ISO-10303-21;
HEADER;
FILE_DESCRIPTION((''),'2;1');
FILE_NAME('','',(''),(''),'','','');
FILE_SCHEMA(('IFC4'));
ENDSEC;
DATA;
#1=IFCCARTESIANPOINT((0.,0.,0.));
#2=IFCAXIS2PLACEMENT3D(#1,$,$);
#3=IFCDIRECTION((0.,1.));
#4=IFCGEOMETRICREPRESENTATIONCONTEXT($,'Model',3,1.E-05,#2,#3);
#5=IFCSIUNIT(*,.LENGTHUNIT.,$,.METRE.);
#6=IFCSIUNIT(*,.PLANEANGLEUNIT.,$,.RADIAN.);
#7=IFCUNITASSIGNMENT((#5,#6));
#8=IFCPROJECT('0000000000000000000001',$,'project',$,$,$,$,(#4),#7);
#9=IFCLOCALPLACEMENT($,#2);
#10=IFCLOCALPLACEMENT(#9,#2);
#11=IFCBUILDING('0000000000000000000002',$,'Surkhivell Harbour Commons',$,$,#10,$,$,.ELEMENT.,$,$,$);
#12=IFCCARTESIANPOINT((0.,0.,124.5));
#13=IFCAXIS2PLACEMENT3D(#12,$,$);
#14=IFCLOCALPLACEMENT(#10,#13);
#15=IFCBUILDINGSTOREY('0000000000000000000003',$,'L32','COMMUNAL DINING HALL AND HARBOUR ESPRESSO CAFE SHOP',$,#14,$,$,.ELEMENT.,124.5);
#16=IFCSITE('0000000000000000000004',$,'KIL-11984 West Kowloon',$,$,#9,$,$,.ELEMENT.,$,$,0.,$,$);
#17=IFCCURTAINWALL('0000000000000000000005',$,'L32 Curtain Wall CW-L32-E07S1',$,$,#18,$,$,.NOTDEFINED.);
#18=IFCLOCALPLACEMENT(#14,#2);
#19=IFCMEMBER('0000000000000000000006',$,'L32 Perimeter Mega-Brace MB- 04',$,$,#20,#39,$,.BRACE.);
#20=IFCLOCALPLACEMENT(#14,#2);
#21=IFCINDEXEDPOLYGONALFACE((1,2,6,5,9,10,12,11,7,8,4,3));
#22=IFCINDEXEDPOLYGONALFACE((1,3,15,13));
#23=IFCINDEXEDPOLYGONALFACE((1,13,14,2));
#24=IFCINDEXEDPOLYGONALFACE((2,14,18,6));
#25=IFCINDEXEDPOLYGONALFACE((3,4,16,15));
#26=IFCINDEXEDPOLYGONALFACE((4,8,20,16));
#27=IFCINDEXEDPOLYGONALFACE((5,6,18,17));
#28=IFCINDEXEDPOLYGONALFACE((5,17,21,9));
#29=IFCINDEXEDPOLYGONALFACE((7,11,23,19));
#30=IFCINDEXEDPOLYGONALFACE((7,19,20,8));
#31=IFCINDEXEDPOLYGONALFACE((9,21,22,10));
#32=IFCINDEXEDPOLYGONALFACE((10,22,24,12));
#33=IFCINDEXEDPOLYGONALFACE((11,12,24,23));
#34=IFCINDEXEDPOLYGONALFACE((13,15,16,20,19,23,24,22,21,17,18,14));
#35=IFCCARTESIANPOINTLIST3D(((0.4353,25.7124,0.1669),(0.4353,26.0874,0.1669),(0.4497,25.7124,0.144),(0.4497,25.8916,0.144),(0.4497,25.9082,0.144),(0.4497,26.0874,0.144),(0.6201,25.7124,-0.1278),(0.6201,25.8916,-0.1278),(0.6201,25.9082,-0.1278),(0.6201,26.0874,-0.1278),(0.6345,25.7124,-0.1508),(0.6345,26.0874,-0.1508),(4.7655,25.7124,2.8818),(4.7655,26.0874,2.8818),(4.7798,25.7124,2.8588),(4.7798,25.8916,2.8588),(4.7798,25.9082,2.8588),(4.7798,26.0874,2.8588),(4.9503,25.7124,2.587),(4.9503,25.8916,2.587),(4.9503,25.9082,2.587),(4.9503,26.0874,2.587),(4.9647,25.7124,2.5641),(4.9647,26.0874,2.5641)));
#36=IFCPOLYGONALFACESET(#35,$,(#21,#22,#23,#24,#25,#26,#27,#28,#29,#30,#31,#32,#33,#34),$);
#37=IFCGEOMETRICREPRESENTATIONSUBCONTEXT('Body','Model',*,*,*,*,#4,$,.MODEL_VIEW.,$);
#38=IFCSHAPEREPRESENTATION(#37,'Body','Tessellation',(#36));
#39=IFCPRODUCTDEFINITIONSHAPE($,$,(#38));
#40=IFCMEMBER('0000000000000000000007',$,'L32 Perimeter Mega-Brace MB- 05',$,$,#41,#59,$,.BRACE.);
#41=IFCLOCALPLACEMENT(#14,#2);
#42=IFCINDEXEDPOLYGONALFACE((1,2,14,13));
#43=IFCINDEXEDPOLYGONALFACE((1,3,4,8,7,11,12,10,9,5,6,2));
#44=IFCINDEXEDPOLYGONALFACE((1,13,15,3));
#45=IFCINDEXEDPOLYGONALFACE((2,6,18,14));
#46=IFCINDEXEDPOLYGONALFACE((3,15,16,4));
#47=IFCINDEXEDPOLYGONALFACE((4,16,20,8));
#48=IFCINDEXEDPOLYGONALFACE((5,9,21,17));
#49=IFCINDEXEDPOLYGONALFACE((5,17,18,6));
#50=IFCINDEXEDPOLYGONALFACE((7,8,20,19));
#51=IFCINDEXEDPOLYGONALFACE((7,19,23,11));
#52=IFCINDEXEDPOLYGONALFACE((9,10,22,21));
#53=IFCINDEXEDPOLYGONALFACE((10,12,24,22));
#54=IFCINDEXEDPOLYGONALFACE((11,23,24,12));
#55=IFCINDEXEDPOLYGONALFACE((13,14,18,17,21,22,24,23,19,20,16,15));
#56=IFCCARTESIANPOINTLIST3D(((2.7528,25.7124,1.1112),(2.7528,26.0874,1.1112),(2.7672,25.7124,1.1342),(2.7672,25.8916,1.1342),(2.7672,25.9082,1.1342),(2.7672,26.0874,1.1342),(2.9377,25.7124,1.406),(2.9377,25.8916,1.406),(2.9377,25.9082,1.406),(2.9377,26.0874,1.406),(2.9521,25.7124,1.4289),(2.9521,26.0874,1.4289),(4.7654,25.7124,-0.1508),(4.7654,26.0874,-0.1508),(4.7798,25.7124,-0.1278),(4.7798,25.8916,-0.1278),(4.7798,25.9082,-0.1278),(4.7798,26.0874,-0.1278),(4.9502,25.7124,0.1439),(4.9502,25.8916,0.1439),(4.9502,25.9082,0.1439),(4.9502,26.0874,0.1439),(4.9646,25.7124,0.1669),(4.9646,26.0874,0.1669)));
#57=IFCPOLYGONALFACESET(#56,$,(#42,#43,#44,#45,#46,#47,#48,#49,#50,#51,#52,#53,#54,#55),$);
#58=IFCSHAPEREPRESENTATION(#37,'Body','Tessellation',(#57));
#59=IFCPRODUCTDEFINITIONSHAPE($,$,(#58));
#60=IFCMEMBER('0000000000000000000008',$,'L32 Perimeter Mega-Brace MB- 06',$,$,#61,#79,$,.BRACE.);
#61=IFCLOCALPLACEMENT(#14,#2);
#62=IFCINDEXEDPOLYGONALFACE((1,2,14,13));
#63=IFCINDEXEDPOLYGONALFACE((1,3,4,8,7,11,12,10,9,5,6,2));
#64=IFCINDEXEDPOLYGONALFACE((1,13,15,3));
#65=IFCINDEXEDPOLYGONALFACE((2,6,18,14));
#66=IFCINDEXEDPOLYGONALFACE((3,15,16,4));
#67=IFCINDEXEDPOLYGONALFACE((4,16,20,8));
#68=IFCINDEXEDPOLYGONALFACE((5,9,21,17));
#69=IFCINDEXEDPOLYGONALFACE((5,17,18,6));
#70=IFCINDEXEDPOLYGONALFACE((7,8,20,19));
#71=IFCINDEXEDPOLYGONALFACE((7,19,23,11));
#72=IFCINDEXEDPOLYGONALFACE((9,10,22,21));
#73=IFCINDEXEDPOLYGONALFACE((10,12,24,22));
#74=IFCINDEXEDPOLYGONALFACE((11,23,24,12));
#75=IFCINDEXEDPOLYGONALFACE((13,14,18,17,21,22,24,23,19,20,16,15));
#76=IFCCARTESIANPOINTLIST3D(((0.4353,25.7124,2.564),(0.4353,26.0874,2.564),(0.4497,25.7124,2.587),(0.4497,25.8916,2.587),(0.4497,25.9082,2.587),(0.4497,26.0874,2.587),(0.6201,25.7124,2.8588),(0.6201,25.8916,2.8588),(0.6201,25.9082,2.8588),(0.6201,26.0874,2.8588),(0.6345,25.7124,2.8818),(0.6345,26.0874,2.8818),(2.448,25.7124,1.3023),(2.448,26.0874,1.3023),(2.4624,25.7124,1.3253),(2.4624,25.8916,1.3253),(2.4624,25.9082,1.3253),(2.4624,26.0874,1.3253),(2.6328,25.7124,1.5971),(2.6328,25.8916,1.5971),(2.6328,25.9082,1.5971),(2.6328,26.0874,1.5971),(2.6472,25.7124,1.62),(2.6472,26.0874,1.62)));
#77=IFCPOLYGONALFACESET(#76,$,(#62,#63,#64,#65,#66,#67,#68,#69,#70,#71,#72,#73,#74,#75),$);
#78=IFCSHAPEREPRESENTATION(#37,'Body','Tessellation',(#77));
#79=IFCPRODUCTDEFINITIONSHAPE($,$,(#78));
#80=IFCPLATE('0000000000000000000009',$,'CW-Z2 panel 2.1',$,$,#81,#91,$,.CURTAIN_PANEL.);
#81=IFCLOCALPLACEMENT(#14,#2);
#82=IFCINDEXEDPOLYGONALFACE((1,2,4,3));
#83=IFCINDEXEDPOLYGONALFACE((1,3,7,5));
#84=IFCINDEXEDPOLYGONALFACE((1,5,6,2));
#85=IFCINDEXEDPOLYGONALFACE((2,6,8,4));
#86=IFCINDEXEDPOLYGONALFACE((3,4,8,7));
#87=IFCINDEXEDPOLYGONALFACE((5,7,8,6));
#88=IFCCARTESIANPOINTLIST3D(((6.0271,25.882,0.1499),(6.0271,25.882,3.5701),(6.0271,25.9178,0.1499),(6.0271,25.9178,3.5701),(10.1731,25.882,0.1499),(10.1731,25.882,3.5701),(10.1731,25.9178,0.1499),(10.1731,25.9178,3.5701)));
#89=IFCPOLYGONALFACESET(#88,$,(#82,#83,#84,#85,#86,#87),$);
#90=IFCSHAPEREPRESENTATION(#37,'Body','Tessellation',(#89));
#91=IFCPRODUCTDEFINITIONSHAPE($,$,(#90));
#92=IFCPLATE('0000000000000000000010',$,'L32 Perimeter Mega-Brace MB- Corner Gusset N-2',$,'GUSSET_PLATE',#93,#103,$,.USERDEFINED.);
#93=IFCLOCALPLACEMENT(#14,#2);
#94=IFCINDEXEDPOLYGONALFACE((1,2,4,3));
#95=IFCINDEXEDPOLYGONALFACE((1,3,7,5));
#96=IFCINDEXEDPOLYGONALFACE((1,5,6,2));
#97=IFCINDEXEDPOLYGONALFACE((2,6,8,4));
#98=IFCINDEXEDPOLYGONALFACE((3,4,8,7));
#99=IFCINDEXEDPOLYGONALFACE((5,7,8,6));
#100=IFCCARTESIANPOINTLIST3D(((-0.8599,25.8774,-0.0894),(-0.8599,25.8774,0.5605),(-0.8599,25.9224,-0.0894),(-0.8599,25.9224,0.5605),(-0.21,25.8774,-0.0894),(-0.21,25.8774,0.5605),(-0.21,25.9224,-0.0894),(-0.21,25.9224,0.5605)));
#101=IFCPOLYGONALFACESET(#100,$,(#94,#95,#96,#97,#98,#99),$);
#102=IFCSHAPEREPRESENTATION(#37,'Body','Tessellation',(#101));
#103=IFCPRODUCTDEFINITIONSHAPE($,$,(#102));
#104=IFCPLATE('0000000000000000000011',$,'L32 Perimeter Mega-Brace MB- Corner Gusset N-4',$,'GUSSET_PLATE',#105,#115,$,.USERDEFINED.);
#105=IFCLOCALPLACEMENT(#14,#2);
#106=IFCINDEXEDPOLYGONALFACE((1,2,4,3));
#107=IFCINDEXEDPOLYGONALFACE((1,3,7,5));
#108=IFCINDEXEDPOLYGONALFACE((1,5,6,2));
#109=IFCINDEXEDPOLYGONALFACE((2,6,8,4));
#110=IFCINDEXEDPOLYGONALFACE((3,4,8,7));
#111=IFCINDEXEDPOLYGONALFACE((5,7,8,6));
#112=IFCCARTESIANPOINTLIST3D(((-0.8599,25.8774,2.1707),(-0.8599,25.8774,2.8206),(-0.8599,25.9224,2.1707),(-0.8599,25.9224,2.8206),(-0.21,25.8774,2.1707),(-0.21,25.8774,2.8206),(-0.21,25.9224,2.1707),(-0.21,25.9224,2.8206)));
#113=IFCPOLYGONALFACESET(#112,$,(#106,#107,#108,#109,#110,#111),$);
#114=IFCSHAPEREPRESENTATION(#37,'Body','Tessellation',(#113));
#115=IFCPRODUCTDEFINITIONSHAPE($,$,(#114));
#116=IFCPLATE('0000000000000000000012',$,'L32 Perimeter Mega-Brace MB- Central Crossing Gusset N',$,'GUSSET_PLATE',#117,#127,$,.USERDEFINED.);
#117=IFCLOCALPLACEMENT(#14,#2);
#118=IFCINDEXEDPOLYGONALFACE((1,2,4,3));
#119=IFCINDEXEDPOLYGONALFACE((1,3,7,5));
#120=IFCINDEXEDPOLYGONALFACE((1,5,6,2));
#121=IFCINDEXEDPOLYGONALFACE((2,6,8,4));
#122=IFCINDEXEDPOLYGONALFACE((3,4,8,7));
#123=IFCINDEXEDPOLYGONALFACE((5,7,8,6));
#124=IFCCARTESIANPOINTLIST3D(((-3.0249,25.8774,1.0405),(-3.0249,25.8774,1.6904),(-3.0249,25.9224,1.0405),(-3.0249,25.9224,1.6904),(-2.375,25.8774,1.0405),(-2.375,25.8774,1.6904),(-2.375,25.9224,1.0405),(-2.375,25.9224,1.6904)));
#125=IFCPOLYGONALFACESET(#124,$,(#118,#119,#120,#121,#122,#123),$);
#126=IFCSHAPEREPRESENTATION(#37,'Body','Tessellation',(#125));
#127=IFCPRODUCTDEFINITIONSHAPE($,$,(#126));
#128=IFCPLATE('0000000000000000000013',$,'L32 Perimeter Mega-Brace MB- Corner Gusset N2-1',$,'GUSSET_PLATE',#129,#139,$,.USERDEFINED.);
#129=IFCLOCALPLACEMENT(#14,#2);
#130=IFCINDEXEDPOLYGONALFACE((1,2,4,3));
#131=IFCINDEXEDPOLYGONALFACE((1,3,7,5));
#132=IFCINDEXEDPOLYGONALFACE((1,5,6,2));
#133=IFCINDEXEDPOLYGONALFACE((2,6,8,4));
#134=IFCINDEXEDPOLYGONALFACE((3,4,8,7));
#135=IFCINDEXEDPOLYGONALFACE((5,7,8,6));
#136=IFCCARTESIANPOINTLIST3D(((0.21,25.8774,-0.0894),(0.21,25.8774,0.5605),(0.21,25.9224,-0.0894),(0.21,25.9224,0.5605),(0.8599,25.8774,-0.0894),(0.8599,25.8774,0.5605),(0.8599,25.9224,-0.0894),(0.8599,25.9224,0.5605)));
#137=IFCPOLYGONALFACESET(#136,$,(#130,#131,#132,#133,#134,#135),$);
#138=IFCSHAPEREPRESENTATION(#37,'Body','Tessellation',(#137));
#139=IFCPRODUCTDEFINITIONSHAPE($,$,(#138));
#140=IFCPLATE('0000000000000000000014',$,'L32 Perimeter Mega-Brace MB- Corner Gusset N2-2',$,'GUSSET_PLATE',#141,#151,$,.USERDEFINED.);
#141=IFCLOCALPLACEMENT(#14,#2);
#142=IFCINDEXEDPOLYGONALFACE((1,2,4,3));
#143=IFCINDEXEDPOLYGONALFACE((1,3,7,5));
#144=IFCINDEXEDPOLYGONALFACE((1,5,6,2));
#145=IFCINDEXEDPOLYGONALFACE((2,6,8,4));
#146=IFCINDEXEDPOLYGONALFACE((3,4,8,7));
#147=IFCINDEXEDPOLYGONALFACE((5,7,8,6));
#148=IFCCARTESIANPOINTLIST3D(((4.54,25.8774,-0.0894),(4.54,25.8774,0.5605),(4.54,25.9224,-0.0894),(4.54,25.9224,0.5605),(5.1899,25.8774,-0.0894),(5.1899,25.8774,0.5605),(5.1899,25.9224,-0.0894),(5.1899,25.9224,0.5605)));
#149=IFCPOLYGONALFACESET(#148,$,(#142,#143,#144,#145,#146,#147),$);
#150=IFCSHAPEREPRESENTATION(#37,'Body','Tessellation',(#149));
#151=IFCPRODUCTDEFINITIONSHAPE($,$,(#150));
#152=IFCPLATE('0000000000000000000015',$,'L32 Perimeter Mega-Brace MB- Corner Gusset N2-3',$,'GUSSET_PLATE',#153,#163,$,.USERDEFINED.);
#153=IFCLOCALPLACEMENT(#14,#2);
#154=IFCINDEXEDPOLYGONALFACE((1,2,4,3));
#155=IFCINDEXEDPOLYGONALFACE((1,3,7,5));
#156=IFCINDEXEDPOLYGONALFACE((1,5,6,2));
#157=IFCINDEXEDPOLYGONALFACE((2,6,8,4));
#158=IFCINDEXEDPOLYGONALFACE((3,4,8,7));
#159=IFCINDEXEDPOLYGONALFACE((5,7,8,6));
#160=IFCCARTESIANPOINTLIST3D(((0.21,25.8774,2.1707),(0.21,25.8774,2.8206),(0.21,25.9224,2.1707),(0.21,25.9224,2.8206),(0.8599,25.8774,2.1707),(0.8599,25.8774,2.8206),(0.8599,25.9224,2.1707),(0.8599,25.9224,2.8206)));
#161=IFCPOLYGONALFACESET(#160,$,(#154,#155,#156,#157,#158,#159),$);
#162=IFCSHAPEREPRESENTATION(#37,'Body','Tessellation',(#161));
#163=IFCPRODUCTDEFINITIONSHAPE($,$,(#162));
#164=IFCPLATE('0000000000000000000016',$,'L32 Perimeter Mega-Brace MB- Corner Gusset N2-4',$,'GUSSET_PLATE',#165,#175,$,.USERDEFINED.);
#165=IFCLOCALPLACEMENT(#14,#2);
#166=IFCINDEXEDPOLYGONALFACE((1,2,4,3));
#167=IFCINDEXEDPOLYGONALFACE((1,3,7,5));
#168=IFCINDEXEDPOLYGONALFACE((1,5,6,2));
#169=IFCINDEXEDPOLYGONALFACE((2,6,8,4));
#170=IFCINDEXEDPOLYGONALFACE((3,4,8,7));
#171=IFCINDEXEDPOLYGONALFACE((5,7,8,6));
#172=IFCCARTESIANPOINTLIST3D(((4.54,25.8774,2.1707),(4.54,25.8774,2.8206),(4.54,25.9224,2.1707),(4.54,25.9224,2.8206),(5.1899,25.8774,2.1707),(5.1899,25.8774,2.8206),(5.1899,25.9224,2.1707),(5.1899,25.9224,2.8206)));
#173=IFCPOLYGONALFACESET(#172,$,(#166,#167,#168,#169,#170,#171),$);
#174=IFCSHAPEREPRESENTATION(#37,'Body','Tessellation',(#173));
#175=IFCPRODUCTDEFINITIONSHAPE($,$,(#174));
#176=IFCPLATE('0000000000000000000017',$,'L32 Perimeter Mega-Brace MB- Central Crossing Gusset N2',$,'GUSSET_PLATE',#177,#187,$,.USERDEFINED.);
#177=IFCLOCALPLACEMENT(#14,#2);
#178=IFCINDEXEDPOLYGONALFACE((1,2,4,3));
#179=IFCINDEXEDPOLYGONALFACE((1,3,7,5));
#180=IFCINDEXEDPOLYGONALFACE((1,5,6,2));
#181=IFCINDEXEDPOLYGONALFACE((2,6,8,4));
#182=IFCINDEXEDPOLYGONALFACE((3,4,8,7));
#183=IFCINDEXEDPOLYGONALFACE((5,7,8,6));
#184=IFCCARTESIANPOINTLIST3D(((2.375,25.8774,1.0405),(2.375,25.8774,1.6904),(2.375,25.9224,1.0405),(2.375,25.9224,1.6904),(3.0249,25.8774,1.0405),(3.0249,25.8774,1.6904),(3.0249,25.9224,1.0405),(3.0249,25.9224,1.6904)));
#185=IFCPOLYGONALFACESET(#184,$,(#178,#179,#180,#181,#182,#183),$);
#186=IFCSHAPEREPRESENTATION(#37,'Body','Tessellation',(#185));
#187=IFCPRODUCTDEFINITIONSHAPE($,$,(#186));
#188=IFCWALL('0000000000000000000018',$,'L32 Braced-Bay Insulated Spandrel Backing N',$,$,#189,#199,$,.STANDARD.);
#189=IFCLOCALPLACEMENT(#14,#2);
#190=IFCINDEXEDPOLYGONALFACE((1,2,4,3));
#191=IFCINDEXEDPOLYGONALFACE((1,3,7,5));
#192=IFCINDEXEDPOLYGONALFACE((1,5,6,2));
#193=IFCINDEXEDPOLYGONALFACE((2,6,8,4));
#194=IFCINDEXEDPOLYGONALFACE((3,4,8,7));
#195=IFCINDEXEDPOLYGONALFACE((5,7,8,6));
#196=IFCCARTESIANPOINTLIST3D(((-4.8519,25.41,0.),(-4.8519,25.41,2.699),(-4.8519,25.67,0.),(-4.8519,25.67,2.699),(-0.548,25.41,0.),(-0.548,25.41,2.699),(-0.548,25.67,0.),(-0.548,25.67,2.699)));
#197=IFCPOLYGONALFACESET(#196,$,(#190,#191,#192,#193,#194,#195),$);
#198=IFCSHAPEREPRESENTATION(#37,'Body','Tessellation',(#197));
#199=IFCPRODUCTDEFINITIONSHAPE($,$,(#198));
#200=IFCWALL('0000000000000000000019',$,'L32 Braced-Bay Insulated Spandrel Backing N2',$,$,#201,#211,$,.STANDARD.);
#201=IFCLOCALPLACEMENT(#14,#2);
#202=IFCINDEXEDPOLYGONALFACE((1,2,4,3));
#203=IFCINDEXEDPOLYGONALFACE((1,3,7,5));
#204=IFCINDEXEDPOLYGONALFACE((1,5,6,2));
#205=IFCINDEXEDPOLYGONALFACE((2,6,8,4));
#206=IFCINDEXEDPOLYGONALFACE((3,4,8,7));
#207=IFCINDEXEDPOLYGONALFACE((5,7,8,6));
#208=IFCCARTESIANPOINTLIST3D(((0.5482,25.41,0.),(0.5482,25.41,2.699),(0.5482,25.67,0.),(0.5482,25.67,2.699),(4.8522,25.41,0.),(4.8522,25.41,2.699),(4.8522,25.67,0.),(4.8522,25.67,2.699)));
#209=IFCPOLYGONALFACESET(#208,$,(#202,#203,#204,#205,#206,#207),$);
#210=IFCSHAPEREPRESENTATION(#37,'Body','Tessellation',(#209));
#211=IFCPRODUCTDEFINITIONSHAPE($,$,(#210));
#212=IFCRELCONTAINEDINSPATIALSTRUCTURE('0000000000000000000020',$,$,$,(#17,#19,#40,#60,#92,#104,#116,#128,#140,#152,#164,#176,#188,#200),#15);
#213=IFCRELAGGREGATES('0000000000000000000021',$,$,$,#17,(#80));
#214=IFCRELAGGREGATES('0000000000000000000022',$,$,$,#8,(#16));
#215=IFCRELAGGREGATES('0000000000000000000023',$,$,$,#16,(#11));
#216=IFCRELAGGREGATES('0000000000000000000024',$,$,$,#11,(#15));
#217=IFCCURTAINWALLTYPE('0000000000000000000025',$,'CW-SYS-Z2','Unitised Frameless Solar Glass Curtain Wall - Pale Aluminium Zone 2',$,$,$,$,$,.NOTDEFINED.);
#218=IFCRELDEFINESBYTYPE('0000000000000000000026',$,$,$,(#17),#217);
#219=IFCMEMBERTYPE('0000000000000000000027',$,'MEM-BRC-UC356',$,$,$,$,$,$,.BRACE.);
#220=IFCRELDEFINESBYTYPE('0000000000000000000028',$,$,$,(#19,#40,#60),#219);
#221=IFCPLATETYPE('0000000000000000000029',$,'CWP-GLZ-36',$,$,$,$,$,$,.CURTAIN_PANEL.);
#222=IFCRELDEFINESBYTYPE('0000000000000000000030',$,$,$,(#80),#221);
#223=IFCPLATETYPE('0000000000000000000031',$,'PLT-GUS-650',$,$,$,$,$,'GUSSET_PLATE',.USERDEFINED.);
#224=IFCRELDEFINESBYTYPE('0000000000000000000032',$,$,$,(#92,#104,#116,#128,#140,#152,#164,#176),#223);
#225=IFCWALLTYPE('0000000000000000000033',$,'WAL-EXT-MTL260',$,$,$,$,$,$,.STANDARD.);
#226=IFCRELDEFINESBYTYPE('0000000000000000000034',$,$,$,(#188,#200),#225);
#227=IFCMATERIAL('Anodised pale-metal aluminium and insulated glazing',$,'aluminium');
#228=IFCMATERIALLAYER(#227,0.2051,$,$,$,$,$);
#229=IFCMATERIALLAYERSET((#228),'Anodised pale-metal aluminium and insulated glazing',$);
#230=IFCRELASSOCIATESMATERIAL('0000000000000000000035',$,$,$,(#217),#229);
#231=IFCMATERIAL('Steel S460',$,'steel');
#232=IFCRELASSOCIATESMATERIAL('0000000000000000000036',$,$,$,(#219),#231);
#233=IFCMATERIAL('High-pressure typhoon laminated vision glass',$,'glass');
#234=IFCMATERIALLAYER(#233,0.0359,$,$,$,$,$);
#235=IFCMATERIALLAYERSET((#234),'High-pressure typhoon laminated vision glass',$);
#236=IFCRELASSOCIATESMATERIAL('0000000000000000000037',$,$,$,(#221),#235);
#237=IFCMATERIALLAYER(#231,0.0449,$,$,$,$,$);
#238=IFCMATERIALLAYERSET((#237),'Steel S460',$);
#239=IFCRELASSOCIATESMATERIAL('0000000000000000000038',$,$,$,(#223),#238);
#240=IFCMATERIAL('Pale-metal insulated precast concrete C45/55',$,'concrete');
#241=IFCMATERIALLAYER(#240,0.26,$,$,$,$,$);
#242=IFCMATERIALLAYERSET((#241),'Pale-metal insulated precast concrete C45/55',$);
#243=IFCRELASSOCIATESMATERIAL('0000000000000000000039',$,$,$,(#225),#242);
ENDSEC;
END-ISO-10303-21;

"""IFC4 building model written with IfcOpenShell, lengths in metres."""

from ifc_helpers import new_model, si_unit, direction, frame, frame_2d, origin, origin_2d, place, context, subcontext, project, spatial, rectangle, i_section, extrude, material, layer, layer_set, material_profile, profile_set, type_object, element, aggregate, save


model = new_model("IFC4")

# Units and contexts
model_context = context("Model", 3, precision=1e-05, world=origin(), true_north=direction((0.0, 1.0)))
body_context = subcontext(model_context, "Body", "Model", "MODEL_VIEW")
ifc_project = project(units=[si_unit("LENGTHUNIT", "METRE"), si_unit("PLANEANGLEUNIT", "RADIAN")], contexts=[model_context])

# Site, building, storey
site_placement = place(None, origin())
site = spatial("IfcSite", under=ifc_project, at=site_placement, Name="KIL-11984 West Kowloon", CompositionType="ELEMENT", RefElevation=0.0)
building_placement = place(site_placement, origin())
building = spatial("IfcBuilding", under=site, at=building_placement, Name="Surkhivell Harbour Commons", CompositionType="ELEMENT")
storey_placement = place(building_placement, frame((0.0, 0.0, 124.5)))
storey = spatial("IfcBuildingStorey", under=building, at=storey_placement, Name="L32", Description="COMMUNAL DINING HALL AND HARBOUR ESPRESSO CAFE SHOP", CompositionType="ELEMENT", Elevation=124.5)

# Shared definitions
ifc_material_1 = material(Name="Steel S460", Category="steel")

# Curtain wall
ifc_material_2 = material(Name="Anodised pale-metal aluminium and insulated glazing", Category="aluminium")
ifc_layer_1 = layer(ifc_material_2, 0.2051)
ifc_layer_set_1 = layer_set([ifc_layer_1], Name="Anodised pale-metal aluminium and insulated glazing")
curtain_wall_type = type_object("IfcCurtainWallType", Name="CW-SYS-Z2", Description="Unitised Frameless Solar Glass Curtain Wall - Pale Aluminium Zone 2", PredefinedType="NOTDEFINED", material=ifc_layer_set_1)
curtain_wall_placement = place(storey_placement, origin())
curtain_wall = element("IfcCurtainWall", 1, at=curtain_wall_placement, inside=storey, type_object=curtain_wall_type, Name="L32 Curtain Wall CW-L32-E07S1", PredefinedType="NOTDEFINED")

# Members
ifc_material_profile_1 = material_profile(ifc_material_1, i_section(OverallWidth=0.375, OverallDepth=0.375, WebThickness=0.0166, FlangeThickness=0.0271, at=origin_2d()), Name="UC356x368x202")
ifc_profile_set_1 = profile_set([ifc_material_profile_1], Name="Steel S460")
member_type_1 = type_object("IfcMemberType", Name="MEM-BRC-UC356", PredefinedType="BRACE", material=ifc_profile_set_1)
member_1_placement = place(storey_placement, frame((0.5349, 25.8999, 0.0081), z_axis=(0.847246, 0.0, 0.531201), x_axis=(0.0, 1.0, 0.0)))
element("IfcMember", 2, at=member_1_placement, inside=storey, type_object=member_type_1, Name="L32 Perimeter Mega-Brace MB- 04", PredefinedType="BRACE", context=body_context, shape_type="SweptSolid", body=[
    extrude(i_section(OverallWidth=0.375, OverallDepth=0.375, WebThickness=0.0166, FlangeThickness=0.0271, at=origin_2d()), origin(), (0.0, 0.0, 1.0), 5.1108),
])
for number, where, z_axis, x_axis, name in (
    (3, (4.865, 25.8999, 0.0081), (-0.847206, 0.0, 0.531264), (0.0, -1.0, 0.0), "L32 Perimeter Mega-Brace MB- 05"),
    (4, (2.5476, 25.8999, 1.4612), (-0.847282, 0.0, 0.531144), (0.0, -1.0, 0.0), "L32 Perimeter Mega-Brace MB- 06"),
):
    element("IfcMember", number, at=place(storey_placement, frame(where, z_axis=z_axis, x_axis=x_axis)), inside=storey, type_object=member_type_1, Name=name, PredefinedType="BRACE", context=body_context, shape_type="SweptSolid", body=[
        extrude(i_section(OverallWidth=0.375, OverallDepth=0.375, WebThickness=0.0166, FlangeThickness=0.0271, at=origin_2d()), origin(), (0.0, 0.0, 1.0), 2.3755),
    ])

# Plate
ifc_material_3 = material(Name="High-pressure typhoon laminated vision glass", Category="glass")
ifc_layer_2 = layer(ifc_material_3, 0.0359)
ifc_layer_set_2 = layer_set([ifc_layer_2], Name="High-pressure typhoon laminated vision glass")
plate_type_1 = type_object("IfcPlateType", Name="CWP-GLZ-36", PredefinedType="CURTAIN_PANEL", material=ifc_layer_set_2)
plate_placement = place(storey_placement, frame((10.1731, 25.8999, 0.1499), z_axis=(0.0, 0.0, 1.0), x_axis=(-1.0, 0.0, 0.0)))
plate = element("IfcPlate", 5, at=plate_placement, type_object=plate_type_1, Name="CW-Z2 panel 2.1", PredefinedType="CURTAIN_PANEL", context=body_context, shape_type="SweptSolid", body=[
    extrude(rectangle(XDim=4.146, YDim=0.0359, at=frame_2d((2.073, 0.0))), origin(), (0.0, 0.0, 1.0), 3.4202),
])
aggregate(curtain_wall, [plate])

# Plates
ifc_layer_3 = layer(ifc_material_1, 0.0449)
ifc_layer_set_3 = layer_set([ifc_layer_3], Name="Steel S460")
plate_type_2 = type_object("IfcPlateType", Name="PLT-GUS-650", ElementType="GUSSET_PLATE", PredefinedType="USERDEFINED", material=ifc_layer_set_3)
for number, where, z_axis, x_axis, name in (
    (6, (-0.5349, 25.8999, -0.0894), (0.0, 0.0, 1.0), (1.0, 0.0, 0.0), "L32 Perimeter Mega-Brace MB- Corner Gusset N-2"),
    (7, (-0.5349, 25.8999, 2.1707), (0.0, 0.0, 1.0), (1.0, 0.0, 0.0), "L32 Perimeter Mega-Brace MB- Corner Gusset N-4"),
    (8, (-2.7, 25.8999, 1.0405), (0.0, 0.0, 1.0), (1.0, 0.0, 0.0), "L32 Perimeter Mega-Brace MB- Central Crossing Gusset N"),
    (9, (0.5349, 25.8999, -0.0894), (0.0, 0.0, 1.0), (1.0, 0.0, 0.0), "L32 Perimeter Mega-Brace MB- Corner Gusset N2-1"),
    (10, (4.865, 25.8999, -0.0894), (0.0, 0.0, 1.0), (1.0, 0.0, 0.0), "L32 Perimeter Mega-Brace MB- Corner Gusset N2-2"),
    (11, (0.5349, 25.8999, 2.1707), (0.0, 0.0, 1.0), (1.0, 0.0, 0.0), "L32 Perimeter Mega-Brace MB- Corner Gusset N2-3"),
    (12, (4.865, 25.8999, 2.1707), (0.0, 0.0, 1.0), (1.0, 0.0, 0.0), "L32 Perimeter Mega-Brace MB- Corner Gusset N2-4"),
    (13, (2.7, 25.8999, 1.0405), (0.0, 0.0, 1.0), (1.0, 0.0, 0.0), "L32 Perimeter Mega-Brace MB- Central Crossing Gusset N2"),
):
    element("IfcPlate", number, at=place(storey_placement, frame(where, z_axis=z_axis, x_axis=x_axis)), inside=storey, type_object=plate_type_2, Name=name, ObjectType="GUSSET_PLATE", PredefinedType="USERDEFINED", context=body_context, shape_type="SweptSolid", body=[
        extrude(rectangle(XDim=0.6499, YDim=0.0449, at=origin_2d()), origin(), (0.0, 0.0, 1.0), 0.6499),
    ])

# Walls
ifc_material_4 = material(Name="Pale-metal insulated precast concrete C45/55", Category="concrete")
ifc_layer_4 = layer(ifc_material_4, 0.26)
ifc_layer_set_4 = layer_set([ifc_layer_4], Name="Pale-metal insulated precast concrete C45/55")
wall_type = type_object("IfcWallType", Name="WAL-EXT-MTL260", PredefinedType="STANDARD", material=ifc_layer_set_4)
for number, where, z_axis, x_axis, name in (
    (14, (-0.5481, 25.54, 0.0), (0.0, 0.0, 1.0), (-1.0, 0.0, 0.0), "L32 Braced-Bay Insulated Spandrel Backing N"),
    (15, (4.8521, 25.54, 0.0), (0.0, 0.0, 1.0), (-1.0, 0.0, 0.0), "L32 Braced-Bay Insulated Spandrel Backing N2"),
):
    element("IfcWall", number, at=place(storey_placement, frame(where, z_axis=z_axis, x_axis=x_axis)), inside=storey, type_object=wall_type, Name=name, PredefinedType="STANDARD", context=body_context, shape_type="SweptSolid", body=[
        extrude(rectangle(XDim=4.304, YDim=0.26, at=frame_2d((2.1519, 0.0))), origin(), (0.0, 0.0, 1.0), 2.699),
    ])

save(model, "model.ifc")
